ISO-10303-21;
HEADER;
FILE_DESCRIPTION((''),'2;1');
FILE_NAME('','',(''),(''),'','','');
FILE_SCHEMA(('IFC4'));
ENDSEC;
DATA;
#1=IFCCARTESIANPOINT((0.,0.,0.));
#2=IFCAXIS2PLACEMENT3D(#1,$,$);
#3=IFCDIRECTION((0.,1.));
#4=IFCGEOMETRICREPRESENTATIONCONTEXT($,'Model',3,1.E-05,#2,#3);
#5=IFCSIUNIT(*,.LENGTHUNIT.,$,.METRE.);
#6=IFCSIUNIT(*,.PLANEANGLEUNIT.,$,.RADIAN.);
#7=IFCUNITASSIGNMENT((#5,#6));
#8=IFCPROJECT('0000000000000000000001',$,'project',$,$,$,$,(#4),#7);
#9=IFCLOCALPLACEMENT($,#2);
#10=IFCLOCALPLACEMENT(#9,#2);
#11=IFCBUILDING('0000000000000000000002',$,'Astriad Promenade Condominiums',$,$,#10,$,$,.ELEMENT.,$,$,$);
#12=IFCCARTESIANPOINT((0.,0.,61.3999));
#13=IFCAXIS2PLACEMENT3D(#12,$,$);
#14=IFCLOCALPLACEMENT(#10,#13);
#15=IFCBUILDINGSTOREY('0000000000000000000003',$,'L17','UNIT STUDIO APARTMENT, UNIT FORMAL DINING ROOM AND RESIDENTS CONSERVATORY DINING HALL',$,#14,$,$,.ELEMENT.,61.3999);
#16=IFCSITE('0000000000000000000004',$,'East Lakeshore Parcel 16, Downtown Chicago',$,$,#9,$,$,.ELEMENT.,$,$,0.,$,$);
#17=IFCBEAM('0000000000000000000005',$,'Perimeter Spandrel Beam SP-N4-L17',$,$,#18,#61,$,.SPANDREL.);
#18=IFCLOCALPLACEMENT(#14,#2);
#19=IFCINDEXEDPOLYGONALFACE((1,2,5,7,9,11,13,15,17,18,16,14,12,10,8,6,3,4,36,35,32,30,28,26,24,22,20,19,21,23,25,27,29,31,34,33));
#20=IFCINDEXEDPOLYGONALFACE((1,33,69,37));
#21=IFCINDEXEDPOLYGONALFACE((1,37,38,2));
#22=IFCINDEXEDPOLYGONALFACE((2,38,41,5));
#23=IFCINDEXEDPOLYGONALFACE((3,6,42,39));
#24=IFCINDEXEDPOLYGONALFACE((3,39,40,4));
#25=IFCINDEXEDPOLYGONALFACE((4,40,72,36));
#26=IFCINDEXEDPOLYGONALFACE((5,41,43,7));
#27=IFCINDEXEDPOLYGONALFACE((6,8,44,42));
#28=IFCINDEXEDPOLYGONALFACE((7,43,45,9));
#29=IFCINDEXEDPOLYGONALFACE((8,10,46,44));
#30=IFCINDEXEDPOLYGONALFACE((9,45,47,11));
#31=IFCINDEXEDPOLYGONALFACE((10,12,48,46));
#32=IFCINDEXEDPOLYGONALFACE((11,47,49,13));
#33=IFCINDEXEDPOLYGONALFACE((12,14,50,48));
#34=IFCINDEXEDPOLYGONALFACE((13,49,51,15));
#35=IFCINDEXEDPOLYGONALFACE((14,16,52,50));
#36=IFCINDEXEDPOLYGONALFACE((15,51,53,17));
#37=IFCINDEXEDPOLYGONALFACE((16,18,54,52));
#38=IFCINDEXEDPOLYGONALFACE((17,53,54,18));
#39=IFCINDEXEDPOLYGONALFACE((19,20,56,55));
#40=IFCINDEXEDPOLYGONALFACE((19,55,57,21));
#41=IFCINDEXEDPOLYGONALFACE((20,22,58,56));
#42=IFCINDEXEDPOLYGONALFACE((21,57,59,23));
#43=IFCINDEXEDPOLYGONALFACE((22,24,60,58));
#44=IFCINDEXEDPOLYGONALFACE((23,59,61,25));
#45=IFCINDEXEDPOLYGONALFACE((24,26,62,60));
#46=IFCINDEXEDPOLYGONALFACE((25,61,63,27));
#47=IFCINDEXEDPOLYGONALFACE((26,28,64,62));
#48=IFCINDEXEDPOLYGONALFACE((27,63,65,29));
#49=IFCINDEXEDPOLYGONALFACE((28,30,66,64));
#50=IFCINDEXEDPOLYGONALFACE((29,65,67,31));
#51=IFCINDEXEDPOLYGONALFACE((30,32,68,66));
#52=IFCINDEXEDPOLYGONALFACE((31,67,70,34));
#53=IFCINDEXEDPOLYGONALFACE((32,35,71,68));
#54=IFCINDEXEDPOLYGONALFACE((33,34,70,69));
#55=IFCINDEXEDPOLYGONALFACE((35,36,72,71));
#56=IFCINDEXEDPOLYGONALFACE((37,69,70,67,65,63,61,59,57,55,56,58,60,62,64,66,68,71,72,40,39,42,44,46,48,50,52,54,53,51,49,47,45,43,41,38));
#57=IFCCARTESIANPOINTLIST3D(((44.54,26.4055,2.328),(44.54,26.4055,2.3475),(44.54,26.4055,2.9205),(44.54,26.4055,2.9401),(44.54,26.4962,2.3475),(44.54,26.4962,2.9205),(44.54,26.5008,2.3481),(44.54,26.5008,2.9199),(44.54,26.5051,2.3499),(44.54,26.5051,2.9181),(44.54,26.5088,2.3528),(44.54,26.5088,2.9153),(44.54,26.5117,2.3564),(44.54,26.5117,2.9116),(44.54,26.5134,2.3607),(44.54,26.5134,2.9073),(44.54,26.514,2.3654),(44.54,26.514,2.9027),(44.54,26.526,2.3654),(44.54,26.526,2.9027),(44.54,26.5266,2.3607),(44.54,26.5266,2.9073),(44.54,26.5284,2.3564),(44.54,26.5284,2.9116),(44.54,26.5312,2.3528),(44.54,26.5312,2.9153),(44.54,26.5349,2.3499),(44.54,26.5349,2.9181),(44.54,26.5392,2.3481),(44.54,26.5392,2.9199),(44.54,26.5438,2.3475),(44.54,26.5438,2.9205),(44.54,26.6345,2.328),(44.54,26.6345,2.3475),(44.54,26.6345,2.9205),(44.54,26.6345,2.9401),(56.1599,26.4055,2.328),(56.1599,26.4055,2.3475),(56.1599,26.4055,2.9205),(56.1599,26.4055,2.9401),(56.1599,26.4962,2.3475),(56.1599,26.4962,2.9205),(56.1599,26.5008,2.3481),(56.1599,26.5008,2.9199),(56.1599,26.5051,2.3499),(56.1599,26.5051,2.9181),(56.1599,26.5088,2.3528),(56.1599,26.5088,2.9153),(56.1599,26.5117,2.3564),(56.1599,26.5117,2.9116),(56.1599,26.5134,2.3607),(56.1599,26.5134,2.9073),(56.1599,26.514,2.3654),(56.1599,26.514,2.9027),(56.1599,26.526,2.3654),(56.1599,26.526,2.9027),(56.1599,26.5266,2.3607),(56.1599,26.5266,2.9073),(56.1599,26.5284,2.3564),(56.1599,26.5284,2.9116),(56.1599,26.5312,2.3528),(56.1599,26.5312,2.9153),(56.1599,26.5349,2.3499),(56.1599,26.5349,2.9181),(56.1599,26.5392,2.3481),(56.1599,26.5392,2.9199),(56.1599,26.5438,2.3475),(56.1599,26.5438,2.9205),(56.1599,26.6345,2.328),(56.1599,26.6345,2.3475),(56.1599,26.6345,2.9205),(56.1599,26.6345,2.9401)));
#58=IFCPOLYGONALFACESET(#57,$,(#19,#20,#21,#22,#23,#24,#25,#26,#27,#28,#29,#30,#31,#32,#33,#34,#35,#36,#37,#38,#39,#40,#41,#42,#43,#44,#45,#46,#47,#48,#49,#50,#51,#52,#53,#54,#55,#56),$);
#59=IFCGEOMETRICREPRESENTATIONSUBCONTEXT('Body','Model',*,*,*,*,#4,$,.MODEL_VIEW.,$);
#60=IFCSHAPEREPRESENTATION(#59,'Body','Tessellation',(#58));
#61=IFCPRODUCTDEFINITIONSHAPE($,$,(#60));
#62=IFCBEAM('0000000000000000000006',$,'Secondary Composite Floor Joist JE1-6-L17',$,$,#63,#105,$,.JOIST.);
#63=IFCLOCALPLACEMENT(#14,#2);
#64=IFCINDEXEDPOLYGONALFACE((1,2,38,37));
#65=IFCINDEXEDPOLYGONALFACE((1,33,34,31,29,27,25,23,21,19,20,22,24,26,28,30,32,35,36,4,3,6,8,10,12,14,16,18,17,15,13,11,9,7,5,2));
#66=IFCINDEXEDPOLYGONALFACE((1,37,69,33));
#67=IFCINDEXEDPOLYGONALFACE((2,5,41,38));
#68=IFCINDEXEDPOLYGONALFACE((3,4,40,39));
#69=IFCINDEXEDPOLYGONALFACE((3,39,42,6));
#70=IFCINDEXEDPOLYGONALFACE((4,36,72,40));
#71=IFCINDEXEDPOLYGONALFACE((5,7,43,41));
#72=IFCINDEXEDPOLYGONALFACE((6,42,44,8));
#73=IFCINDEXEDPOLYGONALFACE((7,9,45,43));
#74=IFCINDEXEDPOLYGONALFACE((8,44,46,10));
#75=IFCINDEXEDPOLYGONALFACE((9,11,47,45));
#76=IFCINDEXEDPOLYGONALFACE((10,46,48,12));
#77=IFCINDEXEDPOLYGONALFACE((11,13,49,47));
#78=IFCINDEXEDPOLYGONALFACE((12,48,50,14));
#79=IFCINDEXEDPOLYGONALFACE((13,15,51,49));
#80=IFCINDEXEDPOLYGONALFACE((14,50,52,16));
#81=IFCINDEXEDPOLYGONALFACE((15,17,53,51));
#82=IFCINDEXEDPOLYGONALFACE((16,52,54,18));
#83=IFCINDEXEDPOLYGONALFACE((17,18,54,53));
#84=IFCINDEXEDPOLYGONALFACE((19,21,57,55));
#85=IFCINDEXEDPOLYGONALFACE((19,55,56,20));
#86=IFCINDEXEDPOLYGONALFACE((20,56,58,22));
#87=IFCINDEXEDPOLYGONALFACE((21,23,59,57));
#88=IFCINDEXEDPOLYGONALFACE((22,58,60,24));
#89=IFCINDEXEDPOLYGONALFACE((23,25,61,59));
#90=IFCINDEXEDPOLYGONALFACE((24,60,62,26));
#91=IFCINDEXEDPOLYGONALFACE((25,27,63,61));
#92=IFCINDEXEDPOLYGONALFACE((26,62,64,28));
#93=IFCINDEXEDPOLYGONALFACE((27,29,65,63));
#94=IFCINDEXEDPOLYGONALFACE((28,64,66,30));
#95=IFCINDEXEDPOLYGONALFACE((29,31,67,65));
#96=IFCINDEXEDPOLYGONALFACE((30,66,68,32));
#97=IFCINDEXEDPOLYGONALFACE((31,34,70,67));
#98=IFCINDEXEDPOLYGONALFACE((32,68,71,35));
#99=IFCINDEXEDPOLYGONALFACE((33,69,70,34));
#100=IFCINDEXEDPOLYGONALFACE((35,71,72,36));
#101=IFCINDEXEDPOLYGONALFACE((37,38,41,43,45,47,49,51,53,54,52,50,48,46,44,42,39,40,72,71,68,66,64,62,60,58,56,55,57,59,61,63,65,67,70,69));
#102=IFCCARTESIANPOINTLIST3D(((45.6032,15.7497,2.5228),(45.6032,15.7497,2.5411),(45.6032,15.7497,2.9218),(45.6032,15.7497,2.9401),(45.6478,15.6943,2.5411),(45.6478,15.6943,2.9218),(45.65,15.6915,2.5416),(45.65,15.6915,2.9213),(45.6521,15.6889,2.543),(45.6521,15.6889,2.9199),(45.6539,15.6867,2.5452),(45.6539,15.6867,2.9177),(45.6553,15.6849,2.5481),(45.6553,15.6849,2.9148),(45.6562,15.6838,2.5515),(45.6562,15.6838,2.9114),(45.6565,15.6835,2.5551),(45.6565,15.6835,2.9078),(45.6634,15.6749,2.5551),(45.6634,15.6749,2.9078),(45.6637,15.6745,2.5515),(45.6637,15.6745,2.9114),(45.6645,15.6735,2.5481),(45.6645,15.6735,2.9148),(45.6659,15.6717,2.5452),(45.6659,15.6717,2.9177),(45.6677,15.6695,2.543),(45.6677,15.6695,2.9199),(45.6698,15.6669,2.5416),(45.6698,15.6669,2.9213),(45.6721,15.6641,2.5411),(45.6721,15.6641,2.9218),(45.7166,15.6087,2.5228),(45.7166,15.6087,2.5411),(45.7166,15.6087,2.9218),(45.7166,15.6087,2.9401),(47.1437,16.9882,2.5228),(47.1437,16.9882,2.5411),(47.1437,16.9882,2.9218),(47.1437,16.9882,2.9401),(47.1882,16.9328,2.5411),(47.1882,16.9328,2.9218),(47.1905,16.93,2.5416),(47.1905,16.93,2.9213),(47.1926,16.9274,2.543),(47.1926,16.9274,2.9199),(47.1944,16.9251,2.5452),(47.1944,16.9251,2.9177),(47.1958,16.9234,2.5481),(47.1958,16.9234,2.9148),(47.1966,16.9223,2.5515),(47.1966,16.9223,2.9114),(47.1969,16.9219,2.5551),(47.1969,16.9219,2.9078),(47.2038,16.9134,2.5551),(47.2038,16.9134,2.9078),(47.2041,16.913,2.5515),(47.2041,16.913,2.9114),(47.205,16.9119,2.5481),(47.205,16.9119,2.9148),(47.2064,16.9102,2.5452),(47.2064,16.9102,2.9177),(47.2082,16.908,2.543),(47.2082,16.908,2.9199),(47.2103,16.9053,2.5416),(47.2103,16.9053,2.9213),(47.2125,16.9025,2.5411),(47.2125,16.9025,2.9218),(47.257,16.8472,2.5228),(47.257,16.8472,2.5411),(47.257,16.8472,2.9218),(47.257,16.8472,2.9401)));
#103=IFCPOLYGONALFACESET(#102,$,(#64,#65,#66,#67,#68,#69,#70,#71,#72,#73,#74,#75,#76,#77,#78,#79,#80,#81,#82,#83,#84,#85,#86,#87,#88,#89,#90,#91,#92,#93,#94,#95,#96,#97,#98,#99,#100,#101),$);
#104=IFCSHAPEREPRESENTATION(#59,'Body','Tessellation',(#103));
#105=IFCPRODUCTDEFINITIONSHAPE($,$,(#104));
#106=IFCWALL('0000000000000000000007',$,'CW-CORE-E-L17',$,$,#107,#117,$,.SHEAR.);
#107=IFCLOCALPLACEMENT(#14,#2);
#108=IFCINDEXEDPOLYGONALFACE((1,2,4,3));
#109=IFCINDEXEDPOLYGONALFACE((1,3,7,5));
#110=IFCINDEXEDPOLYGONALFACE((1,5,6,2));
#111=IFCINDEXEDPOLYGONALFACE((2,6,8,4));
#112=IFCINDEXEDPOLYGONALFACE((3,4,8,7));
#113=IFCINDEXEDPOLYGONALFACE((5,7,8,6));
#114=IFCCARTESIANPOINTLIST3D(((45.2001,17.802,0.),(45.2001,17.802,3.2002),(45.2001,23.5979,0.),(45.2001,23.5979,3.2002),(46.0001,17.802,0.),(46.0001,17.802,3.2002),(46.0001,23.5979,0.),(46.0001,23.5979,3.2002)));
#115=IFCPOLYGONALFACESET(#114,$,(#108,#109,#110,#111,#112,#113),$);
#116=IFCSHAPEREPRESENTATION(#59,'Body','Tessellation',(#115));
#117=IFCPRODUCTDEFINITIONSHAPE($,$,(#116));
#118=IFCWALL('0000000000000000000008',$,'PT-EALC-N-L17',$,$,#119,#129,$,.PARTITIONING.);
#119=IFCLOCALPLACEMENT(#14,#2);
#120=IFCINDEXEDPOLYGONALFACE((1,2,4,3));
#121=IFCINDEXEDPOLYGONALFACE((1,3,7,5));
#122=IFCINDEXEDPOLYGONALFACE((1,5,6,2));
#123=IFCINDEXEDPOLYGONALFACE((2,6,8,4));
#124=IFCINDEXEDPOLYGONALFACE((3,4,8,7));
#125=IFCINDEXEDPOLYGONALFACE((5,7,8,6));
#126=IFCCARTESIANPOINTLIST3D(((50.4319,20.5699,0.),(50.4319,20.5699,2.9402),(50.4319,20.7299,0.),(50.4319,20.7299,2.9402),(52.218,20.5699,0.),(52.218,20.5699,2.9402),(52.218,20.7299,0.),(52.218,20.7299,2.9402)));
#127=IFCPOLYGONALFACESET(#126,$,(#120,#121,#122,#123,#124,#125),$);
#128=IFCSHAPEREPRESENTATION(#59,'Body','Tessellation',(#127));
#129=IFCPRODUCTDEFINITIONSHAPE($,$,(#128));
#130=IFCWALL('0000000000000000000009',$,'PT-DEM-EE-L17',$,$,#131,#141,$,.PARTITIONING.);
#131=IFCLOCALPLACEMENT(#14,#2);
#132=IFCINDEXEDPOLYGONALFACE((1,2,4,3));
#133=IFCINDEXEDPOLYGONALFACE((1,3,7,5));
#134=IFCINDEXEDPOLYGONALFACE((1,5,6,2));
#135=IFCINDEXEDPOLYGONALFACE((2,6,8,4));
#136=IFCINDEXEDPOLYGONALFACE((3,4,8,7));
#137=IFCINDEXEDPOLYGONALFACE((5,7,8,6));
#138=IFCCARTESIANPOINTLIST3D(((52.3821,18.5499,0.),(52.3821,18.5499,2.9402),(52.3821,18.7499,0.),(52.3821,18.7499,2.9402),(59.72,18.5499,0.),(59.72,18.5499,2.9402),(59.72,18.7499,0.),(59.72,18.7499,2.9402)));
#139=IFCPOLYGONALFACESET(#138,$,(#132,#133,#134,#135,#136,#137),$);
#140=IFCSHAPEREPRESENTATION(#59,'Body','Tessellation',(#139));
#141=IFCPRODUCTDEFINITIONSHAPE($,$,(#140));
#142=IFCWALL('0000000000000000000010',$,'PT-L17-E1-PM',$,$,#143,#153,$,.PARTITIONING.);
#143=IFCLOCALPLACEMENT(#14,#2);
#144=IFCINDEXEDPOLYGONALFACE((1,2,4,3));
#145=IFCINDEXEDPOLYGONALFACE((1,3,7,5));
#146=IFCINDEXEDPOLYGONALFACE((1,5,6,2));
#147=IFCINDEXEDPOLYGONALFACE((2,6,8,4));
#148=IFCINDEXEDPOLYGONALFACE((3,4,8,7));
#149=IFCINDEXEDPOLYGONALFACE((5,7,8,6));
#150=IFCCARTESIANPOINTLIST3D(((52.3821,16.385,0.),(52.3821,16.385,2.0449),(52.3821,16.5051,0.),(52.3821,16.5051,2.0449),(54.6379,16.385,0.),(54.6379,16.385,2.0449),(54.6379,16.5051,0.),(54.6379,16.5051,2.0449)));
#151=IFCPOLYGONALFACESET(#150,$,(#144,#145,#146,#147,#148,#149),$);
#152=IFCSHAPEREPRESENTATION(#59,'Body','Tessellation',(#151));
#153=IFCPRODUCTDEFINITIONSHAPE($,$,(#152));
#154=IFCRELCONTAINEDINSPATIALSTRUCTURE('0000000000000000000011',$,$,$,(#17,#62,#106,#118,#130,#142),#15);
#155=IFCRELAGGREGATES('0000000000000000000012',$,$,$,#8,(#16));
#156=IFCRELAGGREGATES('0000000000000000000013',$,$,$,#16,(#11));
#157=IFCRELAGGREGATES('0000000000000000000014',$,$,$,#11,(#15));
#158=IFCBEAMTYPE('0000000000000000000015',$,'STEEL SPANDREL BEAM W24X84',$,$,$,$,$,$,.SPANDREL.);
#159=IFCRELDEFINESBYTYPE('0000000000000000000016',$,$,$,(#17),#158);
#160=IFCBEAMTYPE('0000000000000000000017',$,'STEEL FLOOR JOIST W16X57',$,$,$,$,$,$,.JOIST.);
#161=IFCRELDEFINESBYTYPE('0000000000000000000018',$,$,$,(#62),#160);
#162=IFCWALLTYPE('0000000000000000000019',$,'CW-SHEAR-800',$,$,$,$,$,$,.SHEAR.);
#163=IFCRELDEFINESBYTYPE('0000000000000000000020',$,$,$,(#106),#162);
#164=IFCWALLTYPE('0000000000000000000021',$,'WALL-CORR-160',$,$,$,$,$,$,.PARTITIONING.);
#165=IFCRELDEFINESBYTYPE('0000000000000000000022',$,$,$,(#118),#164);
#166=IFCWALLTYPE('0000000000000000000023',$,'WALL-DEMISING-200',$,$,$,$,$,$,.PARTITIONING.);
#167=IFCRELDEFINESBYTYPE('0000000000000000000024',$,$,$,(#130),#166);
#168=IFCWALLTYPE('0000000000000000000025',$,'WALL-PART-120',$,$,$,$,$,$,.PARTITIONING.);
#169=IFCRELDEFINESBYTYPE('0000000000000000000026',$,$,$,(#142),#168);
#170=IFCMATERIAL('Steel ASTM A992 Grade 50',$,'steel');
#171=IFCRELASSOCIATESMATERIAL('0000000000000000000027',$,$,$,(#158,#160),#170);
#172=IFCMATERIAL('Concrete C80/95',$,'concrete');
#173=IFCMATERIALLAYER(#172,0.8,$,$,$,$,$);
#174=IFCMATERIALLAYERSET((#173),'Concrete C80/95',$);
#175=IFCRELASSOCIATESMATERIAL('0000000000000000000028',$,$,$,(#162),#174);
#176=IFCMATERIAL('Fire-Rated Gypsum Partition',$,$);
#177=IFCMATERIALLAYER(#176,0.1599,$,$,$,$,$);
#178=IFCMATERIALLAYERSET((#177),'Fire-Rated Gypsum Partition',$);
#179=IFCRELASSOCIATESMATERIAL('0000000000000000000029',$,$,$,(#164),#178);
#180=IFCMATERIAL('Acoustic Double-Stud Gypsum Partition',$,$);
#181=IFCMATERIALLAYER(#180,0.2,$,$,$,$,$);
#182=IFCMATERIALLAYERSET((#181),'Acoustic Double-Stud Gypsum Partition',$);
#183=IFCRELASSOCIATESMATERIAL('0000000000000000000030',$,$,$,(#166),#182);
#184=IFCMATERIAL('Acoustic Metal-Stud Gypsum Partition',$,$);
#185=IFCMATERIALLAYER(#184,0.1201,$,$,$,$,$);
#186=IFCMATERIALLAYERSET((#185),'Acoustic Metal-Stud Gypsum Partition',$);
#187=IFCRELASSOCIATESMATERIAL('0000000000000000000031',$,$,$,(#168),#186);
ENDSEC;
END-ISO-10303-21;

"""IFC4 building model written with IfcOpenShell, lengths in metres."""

from ifc_helpers import new_model, si_unit, direction, frame, frame_2d, origin, origin_2d, place, context, subcontext, project, spatial, rectangle, i_section, extrude, source, transform, mapped, material, layer, layer_set, material_profile, profile_set, type_object, type_shapes, element, save


model = new_model("IFC4")

# Units and contexts
model_context = context("Model", 3, precision=1e-05, world=origin(), true_north=direction((0.0, 1.0)))
body_context = subcontext(model_context, "Body", "Model", "MODEL_VIEW")
ifc_project = project(units=[si_unit("LENGTHUNIT", "METRE"), si_unit("PLANEANGLEUNIT", "RADIAN")], contexts=[model_context])

# Site, building, storey
site_placement = place(None, origin())
site = spatial("IfcSite", under=ifc_project, at=site_placement, Name="East Lakeshore Parcel 16, Downtown Chicago", CompositionType="ELEMENT", RefElevation=0.0)
building_placement = place(site_placement, origin())
building = spatial("IfcBuilding", under=site, at=building_placement, Name="Astriad Promenade Condominiums", CompositionType="ELEMENT")
storey_placement = place(building_placement, frame((0.0, 0.0, 61.3999)))
storey = spatial("IfcBuildingStorey", under=building, at=storey_placement, Name="L17", Description="UNIT STUDIO APARTMENT, UNIT FORMAL DINING ROOM AND RESIDENTS CONSERVATORY DINING HALL", CompositionType="ELEMENT", Elevation=61.3999)

# Shared definitions
ifc_material_1 = material(Name="Steel ASTM A992 Grade 50", Category="steel")
ifc_material_2 = material(Name="Concrete C80/95", Category="concrete")

# Beams
ifc_material_profile_1 = material_profile(ifc_material_1, i_section(OverallWidth=0.229, OverallDepth=0.6121, WebThickness=0.012, FlangeThickness=0.0195, FilletRadius=0.0178, at=origin_2d()), Name="W24X84")
ifc_profile_set_1 = profile_set([ifc_material_profile_1], Name="Steel ASTM A992 Grade 50")
beam_type_1 = type_object("IfcBeamType", Name="STEEL SPANDREL BEAM W24X84", PredefinedType="SPANDREL", material=ifc_profile_set_1)
shared_shape_1 = source(origin(), body_context, "Body", "SweptSolid", [
    extrude(i_section(OverallWidth=0.229, OverallDepth=0.6121, WebThickness=0.012, FlangeThickness=0.0195, FilletRadius=0.0178, at=origin_2d()), origin(), (0.0, 0.0, 1.0), 11.6199),
])
type_shapes(beam_type_1, [shared_shape_1])
beam_1_placement = place(storey_placement, frame((56.1599, 26.52, 2.634), z_axis=(-1.0, 0.0, 0.0), x_axis=(0.0, -1.0, 0.0)))
element("IfcBeam", 1, at=beam_1_placement, inside=storey, type_object=beam_type_1, Name="Perimeter Spandrel Beam SP-N4-L17", PredefinedType="SPANDREL", context=body_context, shape_type="MappedRepresentation", body=[
    mapped(shared_shape_1, transform((0.0, 0.0, 0.0), scale=1.0)),
])
ifc_material_profile_2 = material_profile(ifc_material_1, i_section(OverallWidth=0.1809, OverallDepth=0.4172, WebThickness=0.011, FlangeThickness=0.0183, FilletRadius=0.0139, at=origin_2d()), Name="W16X57")
ifc_profile_set_2 = profile_set([ifc_material_profile_2], Name="Steel ASTM A992 Grade 50")
beam_type_2 = type_object("IfcBeamType", Name="STEEL FLOOR JOIST W16X57", PredefinedType="JOIST", material=ifc_profile_set_2)
shared_shape_2 = source(origin(), body_context, "Body", "SweptSolid", [
    extrude(i_section(OverallWidth=0.1809, OverallDepth=0.4172, WebThickness=0.011, FlangeThickness=0.0183, FilletRadius=0.0139, at=origin_2d()), origin(), (0.0, 0.0, 1.0), 1.9766),
])
type_shapes(beam_type_2, [shared_shape_2])
beam_2_placement = place(storey_placement, frame((45.6599, 15.6792, 2.7314), z_axis=(0.77936, 0.626576, 0.0), x_axis=(-0.626576, 0.77936, 0.0)))
element("IfcBeam", 2, at=beam_2_placement, inside=storey, type_object=beam_type_2, Name="Secondary Composite Floor Joist JE1-6-L17", PredefinedType="JOIST", context=body_context, shape_type="MappedRepresentation", body=[
    mapped(shared_shape_2, transform((0.0, 0.0, 0.0), scale=1.0)),
])

# Walls
ifc_layer_1 = layer(ifc_material_2, 0.8)
ifc_layer_set_1 = layer_set([ifc_layer_1], Name="Concrete C80/95")
wall_type_1 = type_object("IfcWallType", Name="CW-SHEAR-800", PredefinedType="SHEAR", material=ifc_layer_set_1)
wall_1_placement = place(storey_placement, frame((45.6001, 17.802, 0.0), z_axis=(0.0, 0.0, 1.0), x_axis=(0.0, 1.0, 0.0)))
element("IfcWall", 3, at=wall_1_placement, inside=storey, type_object=wall_type_1, Name="CW-CORE-E-L17", PredefinedType="SHEAR", context=body_context, shape_type="SweptSolid", body=[
    extrude(rectangle(XDim=5.7959, YDim=0.8, at=frame_2d((2.8979, 0.0))), origin(), (0.0, 0.0, 1.0), 3.2002),
])
ifc_material_3 = material(Name="Fire-Rated Gypsum Partition")
ifc_layer_2 = layer(ifc_material_3, 0.1599)
ifc_layer_set_2 = layer_set([ifc_layer_2], Name="Fire-Rated Gypsum Partition")
wall_type_2 = type_object("IfcWallType", Name="WALL-CORR-160", PredefinedType="PARTITIONING", material=ifc_layer_set_2)
wall_2_placement = place(storey_placement, frame((50.4319, 20.6499, 0.0), z_axis=(0.0, 0.0, 1.0), x_axis=(1.0, 0.0, 0.0)))
element("IfcWall", 4, at=wall_2_placement, inside=storey, type_object=wall_type_2, Name="PT-EALC-N-L17", PredefinedType="PARTITIONING", context=body_context, shape_type="SweptSolid", body=[
    extrude(rectangle(XDim=1.7861, YDim=0.1599, at=frame_2d((0.8931, 0.0))), origin(), (0.0, 0.0, 1.0), 2.9402),
])
ifc_material_4 = material(Name="Acoustic Double-Stud Gypsum Partition")
ifc_layer_3 = layer(ifc_material_4, 0.2)
ifc_layer_set_3 = layer_set([ifc_layer_3], Name="Acoustic Double-Stud Gypsum Partition")
wall_type_3 = type_object("IfcWallType", Name="WALL-DEMISING-200", PredefinedType="PARTITIONING", material=ifc_layer_set_3)
wall_3_placement = place(storey_placement, frame((52.3821, 18.6499, 0.0), z_axis=(0.0, 0.0, 1.0), x_axis=(1.0, 0.0, 0.0)))
element("IfcWall", 5, at=wall_3_placement, inside=storey, type_object=wall_type_3, Name="PT-DEM-EE-L17", PredefinedType="PARTITIONING", context=body_context, shape_type="SweptSolid", body=[
    extrude(rectangle(XDim=7.3379, YDim=0.2, at=frame_2d((3.6689, 0.0))), origin(), (0.0, 0.0, 1.0), 2.9402),
])
ifc_material_5 = material(Name="Acoustic Metal-Stud Gypsum Partition")
ifc_layer_4 = layer(ifc_material_5, 0.1201)
ifc_layer_set_4 = layer_set([ifc_layer_4], Name="Acoustic Metal-Stud Gypsum Partition")
wall_type_4 = type_object("IfcWallType", Name="WALL-PART-120", PredefinedType="PARTITIONING", material=ifc_layer_set_4)
wall_4_placement = place(storey_placement, frame((52.3821, 16.4451, 0.0), z_axis=(0.0, 0.0, 1.0), x_axis=(1.0, 0.0, 0.0)))
element("IfcWall", 6, at=wall_4_placement, inside=storey, type_object=wall_type_4, Name="PT-L17-E1-PM", PredefinedType="PARTITIONING", context=body_context, shape_type="SweptSolid", body=[
    extrude(rectangle(XDim=2.2559, YDim=0.1201, at=frame_2d((1.1279, 0.0))), origin(), (0.0, 0.0, 1.0), 2.0449),
])

save(model, "model.ifc")
